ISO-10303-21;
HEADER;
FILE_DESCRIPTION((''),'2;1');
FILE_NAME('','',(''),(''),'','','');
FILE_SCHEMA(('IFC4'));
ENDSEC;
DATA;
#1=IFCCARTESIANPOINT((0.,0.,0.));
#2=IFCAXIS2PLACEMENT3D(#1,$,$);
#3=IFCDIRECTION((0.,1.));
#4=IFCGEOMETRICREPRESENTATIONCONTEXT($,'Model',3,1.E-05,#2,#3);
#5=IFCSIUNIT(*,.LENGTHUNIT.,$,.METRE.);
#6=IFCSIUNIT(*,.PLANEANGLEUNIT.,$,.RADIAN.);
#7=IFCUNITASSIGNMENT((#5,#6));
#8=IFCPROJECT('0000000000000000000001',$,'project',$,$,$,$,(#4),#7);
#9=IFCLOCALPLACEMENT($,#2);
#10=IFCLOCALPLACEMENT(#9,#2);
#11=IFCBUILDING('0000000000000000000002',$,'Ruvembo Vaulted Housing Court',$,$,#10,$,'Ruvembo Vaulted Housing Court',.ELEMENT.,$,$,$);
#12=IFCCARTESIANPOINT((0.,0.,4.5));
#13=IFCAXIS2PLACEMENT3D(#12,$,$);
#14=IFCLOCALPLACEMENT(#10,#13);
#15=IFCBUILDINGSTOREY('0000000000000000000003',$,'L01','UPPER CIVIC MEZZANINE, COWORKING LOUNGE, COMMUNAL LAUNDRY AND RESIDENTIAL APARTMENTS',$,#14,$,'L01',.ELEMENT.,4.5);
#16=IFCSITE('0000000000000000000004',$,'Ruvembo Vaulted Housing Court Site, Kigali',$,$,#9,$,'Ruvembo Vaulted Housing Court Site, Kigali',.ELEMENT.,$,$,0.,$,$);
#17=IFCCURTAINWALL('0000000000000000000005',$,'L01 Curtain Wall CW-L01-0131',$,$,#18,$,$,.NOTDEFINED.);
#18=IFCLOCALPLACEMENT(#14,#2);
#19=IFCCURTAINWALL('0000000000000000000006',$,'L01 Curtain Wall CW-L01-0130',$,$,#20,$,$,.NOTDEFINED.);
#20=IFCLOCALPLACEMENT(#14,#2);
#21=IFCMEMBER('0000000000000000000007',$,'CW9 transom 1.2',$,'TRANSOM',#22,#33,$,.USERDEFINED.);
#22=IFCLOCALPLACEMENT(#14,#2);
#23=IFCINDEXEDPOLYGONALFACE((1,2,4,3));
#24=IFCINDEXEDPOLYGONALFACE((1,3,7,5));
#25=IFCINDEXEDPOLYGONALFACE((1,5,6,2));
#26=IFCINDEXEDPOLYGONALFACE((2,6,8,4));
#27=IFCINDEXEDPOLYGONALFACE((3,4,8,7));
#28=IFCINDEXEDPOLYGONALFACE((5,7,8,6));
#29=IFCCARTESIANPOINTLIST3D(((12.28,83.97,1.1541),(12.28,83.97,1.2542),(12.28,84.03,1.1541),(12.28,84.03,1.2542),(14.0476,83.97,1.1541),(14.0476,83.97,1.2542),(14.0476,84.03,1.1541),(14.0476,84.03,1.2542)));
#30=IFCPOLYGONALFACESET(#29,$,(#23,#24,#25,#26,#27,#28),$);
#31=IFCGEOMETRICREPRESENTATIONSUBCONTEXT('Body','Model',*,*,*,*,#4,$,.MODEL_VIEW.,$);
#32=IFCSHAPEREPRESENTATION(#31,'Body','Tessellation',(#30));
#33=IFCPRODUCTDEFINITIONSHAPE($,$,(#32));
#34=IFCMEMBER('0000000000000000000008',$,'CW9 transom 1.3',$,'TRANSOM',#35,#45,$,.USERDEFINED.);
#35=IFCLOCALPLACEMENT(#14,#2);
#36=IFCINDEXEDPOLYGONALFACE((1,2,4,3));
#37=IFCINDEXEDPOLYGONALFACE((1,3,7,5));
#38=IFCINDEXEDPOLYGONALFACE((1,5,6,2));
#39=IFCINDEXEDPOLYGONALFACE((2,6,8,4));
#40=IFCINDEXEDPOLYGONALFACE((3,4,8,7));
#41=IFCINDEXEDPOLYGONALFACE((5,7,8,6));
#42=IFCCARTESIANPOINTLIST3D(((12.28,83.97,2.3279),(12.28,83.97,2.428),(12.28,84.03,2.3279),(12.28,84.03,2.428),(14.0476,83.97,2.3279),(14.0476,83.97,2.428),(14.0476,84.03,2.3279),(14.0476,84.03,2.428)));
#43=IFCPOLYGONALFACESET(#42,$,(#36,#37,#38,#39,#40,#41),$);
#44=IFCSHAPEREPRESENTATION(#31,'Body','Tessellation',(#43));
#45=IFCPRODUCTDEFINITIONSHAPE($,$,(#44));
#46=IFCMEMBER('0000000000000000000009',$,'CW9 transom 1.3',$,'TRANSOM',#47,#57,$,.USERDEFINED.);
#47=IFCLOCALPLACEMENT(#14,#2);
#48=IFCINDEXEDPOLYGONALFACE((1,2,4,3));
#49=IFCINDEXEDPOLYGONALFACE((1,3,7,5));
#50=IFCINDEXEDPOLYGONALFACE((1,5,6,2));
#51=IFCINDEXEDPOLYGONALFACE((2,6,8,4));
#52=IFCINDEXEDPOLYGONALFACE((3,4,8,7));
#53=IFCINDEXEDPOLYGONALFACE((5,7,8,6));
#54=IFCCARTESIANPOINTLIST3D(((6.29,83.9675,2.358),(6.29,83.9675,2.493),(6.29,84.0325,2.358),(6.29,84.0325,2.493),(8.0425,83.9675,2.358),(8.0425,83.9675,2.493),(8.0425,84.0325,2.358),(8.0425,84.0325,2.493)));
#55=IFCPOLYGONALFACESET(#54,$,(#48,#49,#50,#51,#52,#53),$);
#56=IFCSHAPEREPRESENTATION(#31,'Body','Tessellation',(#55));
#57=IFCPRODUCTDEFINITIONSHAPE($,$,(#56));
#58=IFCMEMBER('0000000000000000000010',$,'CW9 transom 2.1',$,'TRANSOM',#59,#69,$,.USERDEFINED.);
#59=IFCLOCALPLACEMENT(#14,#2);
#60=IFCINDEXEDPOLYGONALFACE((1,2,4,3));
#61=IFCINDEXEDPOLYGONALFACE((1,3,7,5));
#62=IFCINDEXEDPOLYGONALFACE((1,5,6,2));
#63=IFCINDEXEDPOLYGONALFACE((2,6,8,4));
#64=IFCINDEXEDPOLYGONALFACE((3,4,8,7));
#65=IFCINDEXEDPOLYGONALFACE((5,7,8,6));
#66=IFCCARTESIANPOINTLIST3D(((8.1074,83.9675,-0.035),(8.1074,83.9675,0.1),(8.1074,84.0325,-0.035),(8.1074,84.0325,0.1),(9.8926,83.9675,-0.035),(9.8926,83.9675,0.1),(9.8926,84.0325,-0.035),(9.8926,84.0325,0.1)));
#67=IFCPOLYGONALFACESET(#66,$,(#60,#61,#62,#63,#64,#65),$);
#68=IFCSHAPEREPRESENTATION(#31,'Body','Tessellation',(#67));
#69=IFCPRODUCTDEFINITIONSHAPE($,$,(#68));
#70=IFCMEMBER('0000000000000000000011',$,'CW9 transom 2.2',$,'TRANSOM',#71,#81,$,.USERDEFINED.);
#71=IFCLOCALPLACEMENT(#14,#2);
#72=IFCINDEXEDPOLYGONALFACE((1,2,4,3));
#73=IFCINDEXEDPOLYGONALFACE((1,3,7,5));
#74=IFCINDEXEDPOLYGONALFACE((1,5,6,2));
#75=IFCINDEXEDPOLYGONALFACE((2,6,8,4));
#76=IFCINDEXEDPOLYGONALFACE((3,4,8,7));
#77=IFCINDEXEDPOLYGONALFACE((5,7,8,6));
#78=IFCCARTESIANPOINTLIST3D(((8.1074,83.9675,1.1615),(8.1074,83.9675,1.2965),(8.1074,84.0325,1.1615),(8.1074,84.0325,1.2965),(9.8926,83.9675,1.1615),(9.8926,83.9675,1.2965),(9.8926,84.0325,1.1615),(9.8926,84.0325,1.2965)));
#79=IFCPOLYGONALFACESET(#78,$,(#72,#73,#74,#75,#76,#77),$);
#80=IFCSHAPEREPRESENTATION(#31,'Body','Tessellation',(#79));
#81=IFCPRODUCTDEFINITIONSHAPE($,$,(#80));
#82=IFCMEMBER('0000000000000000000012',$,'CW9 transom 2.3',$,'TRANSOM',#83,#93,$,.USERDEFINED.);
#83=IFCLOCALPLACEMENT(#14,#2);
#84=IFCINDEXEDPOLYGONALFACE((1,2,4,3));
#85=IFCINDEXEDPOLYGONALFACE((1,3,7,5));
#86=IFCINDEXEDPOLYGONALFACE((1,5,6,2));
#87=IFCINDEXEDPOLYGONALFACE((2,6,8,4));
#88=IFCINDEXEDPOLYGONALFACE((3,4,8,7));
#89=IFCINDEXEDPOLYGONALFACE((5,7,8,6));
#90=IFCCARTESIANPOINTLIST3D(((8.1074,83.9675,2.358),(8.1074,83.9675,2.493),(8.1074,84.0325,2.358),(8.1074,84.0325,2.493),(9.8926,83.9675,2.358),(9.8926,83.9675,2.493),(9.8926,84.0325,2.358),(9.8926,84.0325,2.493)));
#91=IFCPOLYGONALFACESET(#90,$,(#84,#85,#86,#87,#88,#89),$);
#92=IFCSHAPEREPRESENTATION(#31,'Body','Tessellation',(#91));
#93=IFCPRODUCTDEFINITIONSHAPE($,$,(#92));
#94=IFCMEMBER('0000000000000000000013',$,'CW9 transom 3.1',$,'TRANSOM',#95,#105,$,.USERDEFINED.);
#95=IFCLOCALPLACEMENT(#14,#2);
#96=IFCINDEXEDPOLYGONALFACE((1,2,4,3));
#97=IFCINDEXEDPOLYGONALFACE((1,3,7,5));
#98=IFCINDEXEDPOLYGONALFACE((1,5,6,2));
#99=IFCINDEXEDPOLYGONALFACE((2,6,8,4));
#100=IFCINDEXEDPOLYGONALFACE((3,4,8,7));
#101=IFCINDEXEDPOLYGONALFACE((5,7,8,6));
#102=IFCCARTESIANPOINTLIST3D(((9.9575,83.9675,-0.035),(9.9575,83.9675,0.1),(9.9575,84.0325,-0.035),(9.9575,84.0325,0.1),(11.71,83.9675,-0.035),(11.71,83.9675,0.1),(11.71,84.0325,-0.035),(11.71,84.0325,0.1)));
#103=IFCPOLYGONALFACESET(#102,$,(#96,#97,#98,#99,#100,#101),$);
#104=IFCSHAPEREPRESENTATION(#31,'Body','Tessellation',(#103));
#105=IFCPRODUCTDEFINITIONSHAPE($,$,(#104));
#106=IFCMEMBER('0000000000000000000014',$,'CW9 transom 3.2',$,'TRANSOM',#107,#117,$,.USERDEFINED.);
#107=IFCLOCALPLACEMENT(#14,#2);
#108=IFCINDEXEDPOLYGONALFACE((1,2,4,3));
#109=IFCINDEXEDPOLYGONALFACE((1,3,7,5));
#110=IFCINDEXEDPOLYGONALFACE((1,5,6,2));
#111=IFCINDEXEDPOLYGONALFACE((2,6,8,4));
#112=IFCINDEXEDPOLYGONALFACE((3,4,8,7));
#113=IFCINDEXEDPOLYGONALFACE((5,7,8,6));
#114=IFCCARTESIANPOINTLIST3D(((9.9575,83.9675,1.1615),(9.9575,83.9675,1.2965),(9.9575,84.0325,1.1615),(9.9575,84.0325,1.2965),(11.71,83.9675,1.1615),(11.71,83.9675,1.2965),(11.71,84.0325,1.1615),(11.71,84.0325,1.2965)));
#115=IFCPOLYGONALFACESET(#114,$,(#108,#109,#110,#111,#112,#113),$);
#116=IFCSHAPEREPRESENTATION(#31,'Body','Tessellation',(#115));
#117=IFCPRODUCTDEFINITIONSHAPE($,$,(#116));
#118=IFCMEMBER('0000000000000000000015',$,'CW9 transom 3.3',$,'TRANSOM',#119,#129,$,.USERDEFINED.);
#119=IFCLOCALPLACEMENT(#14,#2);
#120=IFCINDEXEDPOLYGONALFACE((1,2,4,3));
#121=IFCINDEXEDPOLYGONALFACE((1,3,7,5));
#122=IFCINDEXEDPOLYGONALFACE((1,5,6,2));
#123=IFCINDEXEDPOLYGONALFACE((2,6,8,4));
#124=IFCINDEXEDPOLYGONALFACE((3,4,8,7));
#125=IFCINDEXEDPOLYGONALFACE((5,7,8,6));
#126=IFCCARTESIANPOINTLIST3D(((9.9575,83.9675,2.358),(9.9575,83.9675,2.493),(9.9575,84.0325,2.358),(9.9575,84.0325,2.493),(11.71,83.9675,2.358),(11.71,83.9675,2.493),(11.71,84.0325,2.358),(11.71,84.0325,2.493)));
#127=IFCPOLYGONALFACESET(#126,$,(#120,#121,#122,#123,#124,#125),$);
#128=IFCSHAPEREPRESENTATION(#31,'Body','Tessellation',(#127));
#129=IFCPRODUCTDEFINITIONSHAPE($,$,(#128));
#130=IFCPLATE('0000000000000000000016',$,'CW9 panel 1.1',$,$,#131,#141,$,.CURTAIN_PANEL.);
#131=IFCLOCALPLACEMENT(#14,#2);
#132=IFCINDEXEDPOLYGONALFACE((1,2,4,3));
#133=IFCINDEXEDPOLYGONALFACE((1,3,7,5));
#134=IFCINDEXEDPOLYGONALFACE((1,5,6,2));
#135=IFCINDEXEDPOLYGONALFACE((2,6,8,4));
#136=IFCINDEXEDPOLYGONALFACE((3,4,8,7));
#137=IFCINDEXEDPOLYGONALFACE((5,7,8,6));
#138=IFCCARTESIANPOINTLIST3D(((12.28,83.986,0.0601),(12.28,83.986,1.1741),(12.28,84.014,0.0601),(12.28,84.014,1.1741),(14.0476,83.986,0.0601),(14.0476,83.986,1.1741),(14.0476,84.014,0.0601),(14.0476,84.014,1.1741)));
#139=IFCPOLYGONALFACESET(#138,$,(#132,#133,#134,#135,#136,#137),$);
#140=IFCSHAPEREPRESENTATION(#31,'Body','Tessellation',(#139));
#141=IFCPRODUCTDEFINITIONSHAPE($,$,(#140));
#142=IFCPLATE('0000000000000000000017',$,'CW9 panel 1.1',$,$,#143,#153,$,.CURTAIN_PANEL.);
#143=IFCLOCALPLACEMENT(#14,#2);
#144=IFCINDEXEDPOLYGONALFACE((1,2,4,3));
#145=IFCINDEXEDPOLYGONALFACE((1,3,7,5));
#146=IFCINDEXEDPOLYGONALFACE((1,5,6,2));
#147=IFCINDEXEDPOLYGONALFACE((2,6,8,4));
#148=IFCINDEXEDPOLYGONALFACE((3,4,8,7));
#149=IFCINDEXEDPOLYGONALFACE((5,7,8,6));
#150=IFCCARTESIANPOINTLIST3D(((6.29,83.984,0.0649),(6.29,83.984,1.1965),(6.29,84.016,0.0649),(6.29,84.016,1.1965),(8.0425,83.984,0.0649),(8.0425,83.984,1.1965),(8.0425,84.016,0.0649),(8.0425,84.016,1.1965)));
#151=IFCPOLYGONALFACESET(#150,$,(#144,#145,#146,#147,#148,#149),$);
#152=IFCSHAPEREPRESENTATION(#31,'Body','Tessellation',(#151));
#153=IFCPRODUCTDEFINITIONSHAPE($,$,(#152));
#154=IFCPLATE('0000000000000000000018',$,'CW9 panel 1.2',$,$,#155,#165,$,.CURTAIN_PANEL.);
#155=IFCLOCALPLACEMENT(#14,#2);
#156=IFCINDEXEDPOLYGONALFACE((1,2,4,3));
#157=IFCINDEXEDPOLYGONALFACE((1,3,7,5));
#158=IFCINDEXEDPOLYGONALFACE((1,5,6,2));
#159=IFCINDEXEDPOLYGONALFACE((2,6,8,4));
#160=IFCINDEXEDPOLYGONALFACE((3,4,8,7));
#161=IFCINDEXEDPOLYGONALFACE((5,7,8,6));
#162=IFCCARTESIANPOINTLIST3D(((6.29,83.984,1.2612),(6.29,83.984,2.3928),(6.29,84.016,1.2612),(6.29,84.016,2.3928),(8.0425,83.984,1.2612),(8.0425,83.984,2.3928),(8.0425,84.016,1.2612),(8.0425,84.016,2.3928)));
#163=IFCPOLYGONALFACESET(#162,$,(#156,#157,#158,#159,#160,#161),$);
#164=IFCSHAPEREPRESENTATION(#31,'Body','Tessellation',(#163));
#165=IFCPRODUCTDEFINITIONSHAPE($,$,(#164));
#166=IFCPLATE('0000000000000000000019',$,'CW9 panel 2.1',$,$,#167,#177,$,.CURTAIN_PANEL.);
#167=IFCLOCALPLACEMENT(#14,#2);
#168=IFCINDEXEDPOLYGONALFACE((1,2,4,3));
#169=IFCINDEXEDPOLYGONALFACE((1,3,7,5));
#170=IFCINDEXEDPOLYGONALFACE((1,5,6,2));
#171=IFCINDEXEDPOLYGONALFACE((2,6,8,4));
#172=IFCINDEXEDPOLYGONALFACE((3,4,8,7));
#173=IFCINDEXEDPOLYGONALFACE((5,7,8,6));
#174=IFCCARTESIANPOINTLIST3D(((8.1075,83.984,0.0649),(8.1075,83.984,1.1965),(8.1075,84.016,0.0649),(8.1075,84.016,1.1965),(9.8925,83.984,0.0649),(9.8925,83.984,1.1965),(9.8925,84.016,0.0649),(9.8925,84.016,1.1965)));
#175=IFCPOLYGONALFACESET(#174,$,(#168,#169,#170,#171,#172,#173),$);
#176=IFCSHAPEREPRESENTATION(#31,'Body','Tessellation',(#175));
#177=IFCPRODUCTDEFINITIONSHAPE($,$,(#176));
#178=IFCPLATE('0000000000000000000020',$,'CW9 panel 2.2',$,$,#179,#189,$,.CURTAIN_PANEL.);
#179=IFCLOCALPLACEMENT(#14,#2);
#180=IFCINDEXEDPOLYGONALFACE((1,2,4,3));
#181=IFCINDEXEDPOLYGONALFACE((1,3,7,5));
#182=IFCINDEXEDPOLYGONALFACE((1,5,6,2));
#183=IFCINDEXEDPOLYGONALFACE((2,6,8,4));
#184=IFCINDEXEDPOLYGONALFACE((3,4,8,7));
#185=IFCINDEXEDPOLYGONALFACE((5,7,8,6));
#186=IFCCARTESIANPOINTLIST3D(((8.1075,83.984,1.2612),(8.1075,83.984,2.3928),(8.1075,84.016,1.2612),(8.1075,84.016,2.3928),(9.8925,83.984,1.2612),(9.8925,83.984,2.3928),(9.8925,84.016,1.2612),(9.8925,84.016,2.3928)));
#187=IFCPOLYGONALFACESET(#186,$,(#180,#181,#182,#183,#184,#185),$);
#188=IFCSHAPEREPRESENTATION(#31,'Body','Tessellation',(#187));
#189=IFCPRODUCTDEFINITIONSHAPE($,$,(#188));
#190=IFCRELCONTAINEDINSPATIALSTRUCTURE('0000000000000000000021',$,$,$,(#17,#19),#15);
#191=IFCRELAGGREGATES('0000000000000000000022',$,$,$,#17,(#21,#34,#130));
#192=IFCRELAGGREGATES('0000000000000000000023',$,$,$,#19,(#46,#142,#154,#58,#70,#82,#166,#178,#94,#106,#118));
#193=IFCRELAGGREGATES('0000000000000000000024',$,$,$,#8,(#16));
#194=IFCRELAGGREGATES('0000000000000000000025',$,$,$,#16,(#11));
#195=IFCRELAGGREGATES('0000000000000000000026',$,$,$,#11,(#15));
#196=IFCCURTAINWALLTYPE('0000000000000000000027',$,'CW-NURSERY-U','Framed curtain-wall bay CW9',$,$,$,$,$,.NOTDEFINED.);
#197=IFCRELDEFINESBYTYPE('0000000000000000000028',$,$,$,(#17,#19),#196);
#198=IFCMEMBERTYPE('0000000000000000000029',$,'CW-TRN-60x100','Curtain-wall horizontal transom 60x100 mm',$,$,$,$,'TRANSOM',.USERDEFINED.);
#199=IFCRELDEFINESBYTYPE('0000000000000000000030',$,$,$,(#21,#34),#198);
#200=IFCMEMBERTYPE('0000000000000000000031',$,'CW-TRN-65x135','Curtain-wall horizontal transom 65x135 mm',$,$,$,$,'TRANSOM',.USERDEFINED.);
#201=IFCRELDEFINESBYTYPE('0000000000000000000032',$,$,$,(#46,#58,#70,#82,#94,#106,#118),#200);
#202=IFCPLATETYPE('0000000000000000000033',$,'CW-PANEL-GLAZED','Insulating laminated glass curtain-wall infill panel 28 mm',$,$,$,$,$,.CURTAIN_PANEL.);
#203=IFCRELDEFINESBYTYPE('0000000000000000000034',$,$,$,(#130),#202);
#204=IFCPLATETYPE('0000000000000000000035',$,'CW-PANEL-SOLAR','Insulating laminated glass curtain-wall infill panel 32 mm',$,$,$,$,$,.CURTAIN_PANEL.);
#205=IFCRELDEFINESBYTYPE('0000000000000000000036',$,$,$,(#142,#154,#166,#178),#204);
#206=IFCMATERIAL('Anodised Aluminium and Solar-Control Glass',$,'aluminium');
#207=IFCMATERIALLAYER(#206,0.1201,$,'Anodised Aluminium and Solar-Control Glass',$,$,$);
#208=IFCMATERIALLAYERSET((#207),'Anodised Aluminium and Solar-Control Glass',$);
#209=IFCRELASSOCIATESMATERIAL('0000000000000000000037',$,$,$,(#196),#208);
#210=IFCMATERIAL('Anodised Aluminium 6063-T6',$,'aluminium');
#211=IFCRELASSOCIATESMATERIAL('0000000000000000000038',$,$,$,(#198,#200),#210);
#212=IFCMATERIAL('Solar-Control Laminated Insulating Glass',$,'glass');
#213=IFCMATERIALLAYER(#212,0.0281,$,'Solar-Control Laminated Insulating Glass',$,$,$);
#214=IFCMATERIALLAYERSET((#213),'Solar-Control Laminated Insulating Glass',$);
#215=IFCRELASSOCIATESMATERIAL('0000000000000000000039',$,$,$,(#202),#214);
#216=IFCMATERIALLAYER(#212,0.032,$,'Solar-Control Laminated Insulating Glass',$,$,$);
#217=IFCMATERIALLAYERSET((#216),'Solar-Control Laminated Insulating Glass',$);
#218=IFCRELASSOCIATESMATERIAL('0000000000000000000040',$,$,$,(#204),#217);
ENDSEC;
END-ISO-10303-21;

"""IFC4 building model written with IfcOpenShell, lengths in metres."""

from ifc_helpers import new_model, si_unit, direction, frame, origin, origin_2d, place, context, subcontext, project, spatial, rectangle, extrude, material, layer, layer_set, material_profile, profile_set, type_object, element, aggregate, save


model = new_model("IFC4")

# Units and contexts
model_context = context("Model", 3, precision=1e-05, world=origin(), true_north=direction((0.0, 1.0)))
body_context = subcontext(model_context, "Body", "Model", "MODEL_VIEW")
ifc_project = project(units=[si_unit("LENGTHUNIT", "METRE"), si_unit("PLANEANGLEUNIT", "RADIAN")], contexts=[model_context])

# Site, building, storey
site_placement = place(None, origin())
site = spatial("IfcSite", under=ifc_project, at=site_placement, Name="Ruvembo Vaulted Housing Court Site, Kigali", LongName="Ruvembo Vaulted Housing Court Site, Kigali", CompositionType="ELEMENT", RefElevation=0.0)
building_placement = place(site_placement, origin())
building = spatial("IfcBuilding", under=site, at=building_placement, Name="Ruvembo Vaulted Housing Court", LongName="Ruvembo Vaulted Housing Court", CompositionType="ELEMENT")
storey_placement = place(building_placement, frame((0.0, 0.0, 4.5)))
storey = spatial("IfcBuildingStorey", under=building, at=storey_placement, Name="L01", Description="UPPER CIVIC MEZZANINE, COWORKING LOUNGE, COMMUNAL LAUNDRY AND RESIDENTIAL APARTMENTS", LongName="L01", CompositionType="ELEMENT", Elevation=4.5)

# Curtain wall
ifc_material_1 = material(Name="Anodised Aluminium and Solar-Control Glass", Category="aluminium")
ifc_layer_1 = layer(ifc_material_1, 0.1201, Name="Anodised Aluminium and Solar-Control Glass")
ifc_layer_set_1 = layer_set([ifc_layer_1], Name="Anodised Aluminium and Solar-Control Glass")
curtain_wall_type = type_object("IfcCurtainWallType", Name="CW-NURSERY-U", Description="Framed curtain-wall bay CW9", PredefinedType="NOTDEFINED", material=ifc_layer_set_1)
curtain_wall_1_placement = place(storey_placement, origin())
curtain_wall_1 = element("IfcCurtainWall", 1, at=curtain_wall_1_placement, inside=storey, type_object=curtain_wall_type, Name="L01 Curtain Wall CW-L01-0131", PredefinedType="NOTDEFINED")
ifc_material_2 = material(Name="Anodised Aluminium 6063-T6", Category="aluminium")

# Curtain wall
curtain_wall_2_placement = place(storey_placement, origin())
curtain_wall_2 = element("IfcCurtainWall", 2, at=curtain_wall_2_placement, inside=storey, type_object=curtain_wall_type, Name="L01 Curtain Wall CW-L01-0130", PredefinedType="NOTDEFINED")

# Members
ifc_material_profile_1 = material_profile(ifc_material_2, rectangle(XDim=0.0601, YDim=0.1001, at=origin_2d()), Name="ALU 60x100")
ifc_profile_set_1 = profile_set([ifc_material_profile_1], Name="Anodised Aluminium 6063-T6")
member_type_1 = type_object("IfcMemberType", Name="CW-TRN-60x100", Description="Curtain-wall horizontal transom 60x100 mm", ElementType="TRANSOM", PredefinedType="USERDEFINED", material=ifc_profile_set_1)
member_1_placement = place(storey_placement, frame((12.28, 84.0, 1.2041), z_axis=(1.0, 0.0, 0.0), x_axis=(0.0, 1.0, 0.0)))
member_1 = element("IfcMember", 3, at=member_1_placement, type_object=member_type_1, Name="CW9 transom 1.2", ObjectType="TRANSOM", PredefinedType="USERDEFINED", context=body_context, shape_type="SweptSolid", body=[
    extrude(rectangle(XDim=0.0601, YDim=0.1001, at=origin_2d()), origin(), (0.0, 0.0, 1.0), 1.7676),
])
member_2_placement = place(storey_placement, frame((12.28, 84.0, 2.3779), z_axis=(1.0, 0.0, 0.0), x_axis=(0.0, 1.0, 0.0)))
member_2 = element("IfcMember", 4, at=member_2_placement, type_object=member_type_1, Name="CW9 transom 1.3", ObjectType="TRANSOM", PredefinedType="USERDEFINED", context=body_context, shape_type="SweptSolid", body=[
    extrude(rectangle(XDim=0.0601, YDim=0.1001, at=origin_2d()), origin(), (0.0, 0.0, 1.0), 1.7676),
])
ifc_material_profile_2 = material_profile(ifc_material_2, rectangle(XDim=0.0649, YDim=0.135, at=origin_2d()), Name="ALU 65x135")
ifc_profile_set_2 = profile_set([ifc_material_profile_2], Name="Anodised Aluminium 6063-T6")
member_type_2 = type_object("IfcMemberType", Name="CW-TRN-65x135", Description="Curtain-wall horizontal transom 65x135 mm", ElementType="TRANSOM", PredefinedType="USERDEFINED", material=ifc_profile_set_2)
member_3_placement = place(storey_placement, frame((6.29, 84.0, 2.4255), z_axis=(1.0, 0.0, 0.0), x_axis=(0.0, 1.0, 0.0)))
member_3 = element("IfcMember", 5, at=member_3_placement, type_object=member_type_2, Name="CW9 transom 1.3", ObjectType="TRANSOM", PredefinedType="USERDEFINED", context=body_context, shape_type="SweptSolid", body=[
    extrude(rectangle(XDim=0.0649, YDim=0.135, at=origin_2d()), origin(), (0.0, 0.0, 1.0), 1.7524),
])
member_4_placement = place(storey_placement, frame((8.1074, 84.0, 0.0325), z_axis=(1.0, 0.0, 0.0), x_axis=(0.0, 1.0, 0.0)))
member_4 = element("IfcMember", 6, at=member_4_placement, type_object=member_type_2, Name="CW9 transom 2.1", ObjectType="TRANSOM", PredefinedType="USERDEFINED", context=body_context, shape_type="SweptSolid", body=[
    extrude(rectangle(XDim=0.0649, YDim=0.135, at=origin_2d()), origin(), (0.0, 0.0, 1.0), 1.7852),
])
member_5_placement = place(storey_placement, frame((8.1074, 84.0, 1.229), z_axis=(1.0, 0.0, 0.0), x_axis=(0.0, 1.0, 0.0)))
member_5 = element("IfcMember", 7, at=member_5_placement, type_object=member_type_2, Name="CW9 transom 2.2", ObjectType="TRANSOM", PredefinedType="USERDEFINED", context=body_context, shape_type="SweptSolid", body=[
    extrude(rectangle(XDim=0.0649, YDim=0.135, at=origin_2d()), origin(), (0.0, 0.0, 1.0), 1.7852),
])
member_6_placement = place(storey_placement, frame((8.1074, 84.0, 2.4255), z_axis=(1.0, 0.0, 0.0), x_axis=(0.0, 1.0, 0.0)))
member_6 = element("IfcMember", 8, at=member_6_placement, type_object=member_type_2, Name="CW9 transom 2.3", ObjectType="TRANSOM", PredefinedType="USERDEFINED", context=body_context, shape_type="SweptSolid", body=[
    extrude(rectangle(XDim=0.0649, YDim=0.135, at=origin_2d()), origin(), (0.0, 0.0, 1.0), 1.7852),
])
member_7_placement = place(storey_placement, frame((9.9575, 84.0, 0.0325), z_axis=(1.0, 0.0, 0.0), x_axis=(0.0, 1.0, 0.0)))
member_7 = element("IfcMember", 9, at=member_7_placement, type_object=member_type_2, Name="CW9 transom 3.1", ObjectType="TRANSOM", PredefinedType="USERDEFINED", context=body_context, shape_type="SweptSolid", body=[
    extrude(rectangle(XDim=0.0649, YDim=0.135, at=origin_2d()), origin(), (0.0, 0.0, 1.0), 1.7524),
])
member_8_placement = place(storey_placement, frame((9.9575, 84.0, 1.229), z_axis=(1.0, 0.0, 0.0), x_axis=(0.0, 1.0, 0.0)))
member_8 = element("IfcMember", 10, at=member_8_placement, type_object=member_type_2, Name="CW9 transom 3.2", ObjectType="TRANSOM", PredefinedType="USERDEFINED", context=body_context, shape_type="SweptSolid", body=[
    extrude(rectangle(XDim=0.0649, YDim=0.135, at=origin_2d()), origin(), (0.0, 0.0, 1.0), 1.7524),
])
member_9_placement = place(storey_placement, frame((9.9575, 84.0, 2.4255), z_axis=(1.0, 0.0, 0.0), x_axis=(0.0, 1.0, 0.0)))
member_9 = element("IfcMember", 11, at=member_9_placement, type_object=member_type_2, Name="CW9 transom 3.3", ObjectType="TRANSOM", PredefinedType="USERDEFINED", context=body_context, shape_type="SweptSolid", body=[
    extrude(rectangle(XDim=0.0649, YDim=0.135, at=origin_2d()), origin(), (0.0, 0.0, 1.0), 1.7524),
])

# Plates
ifc_material_3 = material(Name="Solar-Control Laminated Insulating Glass", Category="glass")
ifc_layer_2 = layer(ifc_material_3, 0.0281, Name="Solar-Control Laminated Insulating Glass")
ifc_layer_set_2 = layer_set([ifc_layer_2], Name="Solar-Control Laminated Insulating Glass")
plate_type_1 = type_object("IfcPlateType", Name="CW-PANEL-GLAZED", Description="Insulating laminated glass curtain-wall infill panel 28 mm", PredefinedType="CURTAIN_PANEL", material=ifc_layer_set_2)
plate_1_placement = place(storey_placement, frame((13.1638, 84.0, 0.0601), z_axis=(0.0, 0.0, 1.0), x_axis=(1.0, 0.0, 0.0)))
plate_1 = element("IfcPlate", 12, at=plate_1_placement, type_object=plate_type_1, Name="CW9 panel 1.1", PredefinedType="CURTAIN_PANEL", context=body_context, shape_type="SweptSolid", body=[
    extrude(rectangle(XDim=1.7676, YDim=0.0281, at=origin_2d()), origin(), (0.0, 0.0, 1.0), 1.114),
])
aggregate(curtain_wall_1, [member_1, member_2, plate_1])
ifc_layer_3 = layer(ifc_material_3, 0.032, Name="Solar-Control Laminated Insulating Glass")
ifc_layer_set_3 = layer_set([ifc_layer_3], Name="Solar-Control Laminated Insulating Glass")
plate_type_2 = type_object("IfcPlateType", Name="CW-PANEL-SOLAR", Description="Insulating laminated glass curtain-wall infill panel 32 mm", PredefinedType="CURTAIN_PANEL", material=ifc_layer_set_3)
plate_2_placement = place(storey_placement, frame((7.1663, 84.0, 0.0649), z_axis=(0.0, 0.0, 1.0), x_axis=(1.0, 0.0, 0.0)))
plate_2 = element("IfcPlate", 13, at=plate_2_placement, type_object=plate_type_2, Name="CW9 panel 1.1", PredefinedType="CURTAIN_PANEL", context=body_context, shape_type="SweptSolid", body=[
    extrude(rectangle(XDim=1.7524, YDim=0.032, at=origin_2d()), origin(), (0.0, 0.0, 1.0), 1.1316),
])
plate_3_placement = place(storey_placement, frame((7.1663, 84.0, 1.2612), z_axis=(0.0, 0.0, 1.0), x_axis=(1.0, 0.0, 0.0)))
plate_3 = element("IfcPlate", 14, at=plate_3_placement, type_object=plate_type_2, Name="CW9 panel 1.2", PredefinedType="CURTAIN_PANEL", context=body_context, shape_type="SweptSolid", body=[
    extrude(rectangle(XDim=1.7524, YDim=0.032, at=origin_2d()), origin(), (0.0, 0.0, 1.0), 1.1316),
])
plate_4_placement = place(storey_placement, frame((9.0, 84.0, 0.0649), z_axis=(0.0, 0.0, 1.0), x_axis=(1.0, 0.0, 0.0)))
plate_4 = element("IfcPlate", 15, at=plate_4_placement, type_object=plate_type_2, Name="CW9 panel 2.1", PredefinedType="CURTAIN_PANEL", context=body_context, shape_type="SweptSolid", body=[
    extrude(rectangle(XDim=1.7849, YDim=0.032, at=origin_2d()), origin(), (0.0, 0.0, 1.0), 1.1316),
])
plate_5_placement = place(storey_placement, frame((9.0, 84.0, 1.2612), z_axis=(0.0, 0.0, 1.0), x_axis=(1.0, 0.0, 0.0)))
plate_5 = element("IfcPlate", 16, at=plate_5_placement, type_object=plate_type_2, Name="CW9 panel 2.2", PredefinedType="CURTAIN_PANEL", context=body_context, shape_type="SweptSolid", body=[
    extrude(rectangle(XDim=1.7849, YDim=0.032, at=origin_2d()), origin(), (0.0, 0.0, 1.0), 1.1316),
])
aggregate(curtain_wall_2, [member_3, plate_2, plate_3, member_4, member_5, member_6, plate_4, plate_5, member_7, member_8, member_9])

save(model, "model.ifc")
